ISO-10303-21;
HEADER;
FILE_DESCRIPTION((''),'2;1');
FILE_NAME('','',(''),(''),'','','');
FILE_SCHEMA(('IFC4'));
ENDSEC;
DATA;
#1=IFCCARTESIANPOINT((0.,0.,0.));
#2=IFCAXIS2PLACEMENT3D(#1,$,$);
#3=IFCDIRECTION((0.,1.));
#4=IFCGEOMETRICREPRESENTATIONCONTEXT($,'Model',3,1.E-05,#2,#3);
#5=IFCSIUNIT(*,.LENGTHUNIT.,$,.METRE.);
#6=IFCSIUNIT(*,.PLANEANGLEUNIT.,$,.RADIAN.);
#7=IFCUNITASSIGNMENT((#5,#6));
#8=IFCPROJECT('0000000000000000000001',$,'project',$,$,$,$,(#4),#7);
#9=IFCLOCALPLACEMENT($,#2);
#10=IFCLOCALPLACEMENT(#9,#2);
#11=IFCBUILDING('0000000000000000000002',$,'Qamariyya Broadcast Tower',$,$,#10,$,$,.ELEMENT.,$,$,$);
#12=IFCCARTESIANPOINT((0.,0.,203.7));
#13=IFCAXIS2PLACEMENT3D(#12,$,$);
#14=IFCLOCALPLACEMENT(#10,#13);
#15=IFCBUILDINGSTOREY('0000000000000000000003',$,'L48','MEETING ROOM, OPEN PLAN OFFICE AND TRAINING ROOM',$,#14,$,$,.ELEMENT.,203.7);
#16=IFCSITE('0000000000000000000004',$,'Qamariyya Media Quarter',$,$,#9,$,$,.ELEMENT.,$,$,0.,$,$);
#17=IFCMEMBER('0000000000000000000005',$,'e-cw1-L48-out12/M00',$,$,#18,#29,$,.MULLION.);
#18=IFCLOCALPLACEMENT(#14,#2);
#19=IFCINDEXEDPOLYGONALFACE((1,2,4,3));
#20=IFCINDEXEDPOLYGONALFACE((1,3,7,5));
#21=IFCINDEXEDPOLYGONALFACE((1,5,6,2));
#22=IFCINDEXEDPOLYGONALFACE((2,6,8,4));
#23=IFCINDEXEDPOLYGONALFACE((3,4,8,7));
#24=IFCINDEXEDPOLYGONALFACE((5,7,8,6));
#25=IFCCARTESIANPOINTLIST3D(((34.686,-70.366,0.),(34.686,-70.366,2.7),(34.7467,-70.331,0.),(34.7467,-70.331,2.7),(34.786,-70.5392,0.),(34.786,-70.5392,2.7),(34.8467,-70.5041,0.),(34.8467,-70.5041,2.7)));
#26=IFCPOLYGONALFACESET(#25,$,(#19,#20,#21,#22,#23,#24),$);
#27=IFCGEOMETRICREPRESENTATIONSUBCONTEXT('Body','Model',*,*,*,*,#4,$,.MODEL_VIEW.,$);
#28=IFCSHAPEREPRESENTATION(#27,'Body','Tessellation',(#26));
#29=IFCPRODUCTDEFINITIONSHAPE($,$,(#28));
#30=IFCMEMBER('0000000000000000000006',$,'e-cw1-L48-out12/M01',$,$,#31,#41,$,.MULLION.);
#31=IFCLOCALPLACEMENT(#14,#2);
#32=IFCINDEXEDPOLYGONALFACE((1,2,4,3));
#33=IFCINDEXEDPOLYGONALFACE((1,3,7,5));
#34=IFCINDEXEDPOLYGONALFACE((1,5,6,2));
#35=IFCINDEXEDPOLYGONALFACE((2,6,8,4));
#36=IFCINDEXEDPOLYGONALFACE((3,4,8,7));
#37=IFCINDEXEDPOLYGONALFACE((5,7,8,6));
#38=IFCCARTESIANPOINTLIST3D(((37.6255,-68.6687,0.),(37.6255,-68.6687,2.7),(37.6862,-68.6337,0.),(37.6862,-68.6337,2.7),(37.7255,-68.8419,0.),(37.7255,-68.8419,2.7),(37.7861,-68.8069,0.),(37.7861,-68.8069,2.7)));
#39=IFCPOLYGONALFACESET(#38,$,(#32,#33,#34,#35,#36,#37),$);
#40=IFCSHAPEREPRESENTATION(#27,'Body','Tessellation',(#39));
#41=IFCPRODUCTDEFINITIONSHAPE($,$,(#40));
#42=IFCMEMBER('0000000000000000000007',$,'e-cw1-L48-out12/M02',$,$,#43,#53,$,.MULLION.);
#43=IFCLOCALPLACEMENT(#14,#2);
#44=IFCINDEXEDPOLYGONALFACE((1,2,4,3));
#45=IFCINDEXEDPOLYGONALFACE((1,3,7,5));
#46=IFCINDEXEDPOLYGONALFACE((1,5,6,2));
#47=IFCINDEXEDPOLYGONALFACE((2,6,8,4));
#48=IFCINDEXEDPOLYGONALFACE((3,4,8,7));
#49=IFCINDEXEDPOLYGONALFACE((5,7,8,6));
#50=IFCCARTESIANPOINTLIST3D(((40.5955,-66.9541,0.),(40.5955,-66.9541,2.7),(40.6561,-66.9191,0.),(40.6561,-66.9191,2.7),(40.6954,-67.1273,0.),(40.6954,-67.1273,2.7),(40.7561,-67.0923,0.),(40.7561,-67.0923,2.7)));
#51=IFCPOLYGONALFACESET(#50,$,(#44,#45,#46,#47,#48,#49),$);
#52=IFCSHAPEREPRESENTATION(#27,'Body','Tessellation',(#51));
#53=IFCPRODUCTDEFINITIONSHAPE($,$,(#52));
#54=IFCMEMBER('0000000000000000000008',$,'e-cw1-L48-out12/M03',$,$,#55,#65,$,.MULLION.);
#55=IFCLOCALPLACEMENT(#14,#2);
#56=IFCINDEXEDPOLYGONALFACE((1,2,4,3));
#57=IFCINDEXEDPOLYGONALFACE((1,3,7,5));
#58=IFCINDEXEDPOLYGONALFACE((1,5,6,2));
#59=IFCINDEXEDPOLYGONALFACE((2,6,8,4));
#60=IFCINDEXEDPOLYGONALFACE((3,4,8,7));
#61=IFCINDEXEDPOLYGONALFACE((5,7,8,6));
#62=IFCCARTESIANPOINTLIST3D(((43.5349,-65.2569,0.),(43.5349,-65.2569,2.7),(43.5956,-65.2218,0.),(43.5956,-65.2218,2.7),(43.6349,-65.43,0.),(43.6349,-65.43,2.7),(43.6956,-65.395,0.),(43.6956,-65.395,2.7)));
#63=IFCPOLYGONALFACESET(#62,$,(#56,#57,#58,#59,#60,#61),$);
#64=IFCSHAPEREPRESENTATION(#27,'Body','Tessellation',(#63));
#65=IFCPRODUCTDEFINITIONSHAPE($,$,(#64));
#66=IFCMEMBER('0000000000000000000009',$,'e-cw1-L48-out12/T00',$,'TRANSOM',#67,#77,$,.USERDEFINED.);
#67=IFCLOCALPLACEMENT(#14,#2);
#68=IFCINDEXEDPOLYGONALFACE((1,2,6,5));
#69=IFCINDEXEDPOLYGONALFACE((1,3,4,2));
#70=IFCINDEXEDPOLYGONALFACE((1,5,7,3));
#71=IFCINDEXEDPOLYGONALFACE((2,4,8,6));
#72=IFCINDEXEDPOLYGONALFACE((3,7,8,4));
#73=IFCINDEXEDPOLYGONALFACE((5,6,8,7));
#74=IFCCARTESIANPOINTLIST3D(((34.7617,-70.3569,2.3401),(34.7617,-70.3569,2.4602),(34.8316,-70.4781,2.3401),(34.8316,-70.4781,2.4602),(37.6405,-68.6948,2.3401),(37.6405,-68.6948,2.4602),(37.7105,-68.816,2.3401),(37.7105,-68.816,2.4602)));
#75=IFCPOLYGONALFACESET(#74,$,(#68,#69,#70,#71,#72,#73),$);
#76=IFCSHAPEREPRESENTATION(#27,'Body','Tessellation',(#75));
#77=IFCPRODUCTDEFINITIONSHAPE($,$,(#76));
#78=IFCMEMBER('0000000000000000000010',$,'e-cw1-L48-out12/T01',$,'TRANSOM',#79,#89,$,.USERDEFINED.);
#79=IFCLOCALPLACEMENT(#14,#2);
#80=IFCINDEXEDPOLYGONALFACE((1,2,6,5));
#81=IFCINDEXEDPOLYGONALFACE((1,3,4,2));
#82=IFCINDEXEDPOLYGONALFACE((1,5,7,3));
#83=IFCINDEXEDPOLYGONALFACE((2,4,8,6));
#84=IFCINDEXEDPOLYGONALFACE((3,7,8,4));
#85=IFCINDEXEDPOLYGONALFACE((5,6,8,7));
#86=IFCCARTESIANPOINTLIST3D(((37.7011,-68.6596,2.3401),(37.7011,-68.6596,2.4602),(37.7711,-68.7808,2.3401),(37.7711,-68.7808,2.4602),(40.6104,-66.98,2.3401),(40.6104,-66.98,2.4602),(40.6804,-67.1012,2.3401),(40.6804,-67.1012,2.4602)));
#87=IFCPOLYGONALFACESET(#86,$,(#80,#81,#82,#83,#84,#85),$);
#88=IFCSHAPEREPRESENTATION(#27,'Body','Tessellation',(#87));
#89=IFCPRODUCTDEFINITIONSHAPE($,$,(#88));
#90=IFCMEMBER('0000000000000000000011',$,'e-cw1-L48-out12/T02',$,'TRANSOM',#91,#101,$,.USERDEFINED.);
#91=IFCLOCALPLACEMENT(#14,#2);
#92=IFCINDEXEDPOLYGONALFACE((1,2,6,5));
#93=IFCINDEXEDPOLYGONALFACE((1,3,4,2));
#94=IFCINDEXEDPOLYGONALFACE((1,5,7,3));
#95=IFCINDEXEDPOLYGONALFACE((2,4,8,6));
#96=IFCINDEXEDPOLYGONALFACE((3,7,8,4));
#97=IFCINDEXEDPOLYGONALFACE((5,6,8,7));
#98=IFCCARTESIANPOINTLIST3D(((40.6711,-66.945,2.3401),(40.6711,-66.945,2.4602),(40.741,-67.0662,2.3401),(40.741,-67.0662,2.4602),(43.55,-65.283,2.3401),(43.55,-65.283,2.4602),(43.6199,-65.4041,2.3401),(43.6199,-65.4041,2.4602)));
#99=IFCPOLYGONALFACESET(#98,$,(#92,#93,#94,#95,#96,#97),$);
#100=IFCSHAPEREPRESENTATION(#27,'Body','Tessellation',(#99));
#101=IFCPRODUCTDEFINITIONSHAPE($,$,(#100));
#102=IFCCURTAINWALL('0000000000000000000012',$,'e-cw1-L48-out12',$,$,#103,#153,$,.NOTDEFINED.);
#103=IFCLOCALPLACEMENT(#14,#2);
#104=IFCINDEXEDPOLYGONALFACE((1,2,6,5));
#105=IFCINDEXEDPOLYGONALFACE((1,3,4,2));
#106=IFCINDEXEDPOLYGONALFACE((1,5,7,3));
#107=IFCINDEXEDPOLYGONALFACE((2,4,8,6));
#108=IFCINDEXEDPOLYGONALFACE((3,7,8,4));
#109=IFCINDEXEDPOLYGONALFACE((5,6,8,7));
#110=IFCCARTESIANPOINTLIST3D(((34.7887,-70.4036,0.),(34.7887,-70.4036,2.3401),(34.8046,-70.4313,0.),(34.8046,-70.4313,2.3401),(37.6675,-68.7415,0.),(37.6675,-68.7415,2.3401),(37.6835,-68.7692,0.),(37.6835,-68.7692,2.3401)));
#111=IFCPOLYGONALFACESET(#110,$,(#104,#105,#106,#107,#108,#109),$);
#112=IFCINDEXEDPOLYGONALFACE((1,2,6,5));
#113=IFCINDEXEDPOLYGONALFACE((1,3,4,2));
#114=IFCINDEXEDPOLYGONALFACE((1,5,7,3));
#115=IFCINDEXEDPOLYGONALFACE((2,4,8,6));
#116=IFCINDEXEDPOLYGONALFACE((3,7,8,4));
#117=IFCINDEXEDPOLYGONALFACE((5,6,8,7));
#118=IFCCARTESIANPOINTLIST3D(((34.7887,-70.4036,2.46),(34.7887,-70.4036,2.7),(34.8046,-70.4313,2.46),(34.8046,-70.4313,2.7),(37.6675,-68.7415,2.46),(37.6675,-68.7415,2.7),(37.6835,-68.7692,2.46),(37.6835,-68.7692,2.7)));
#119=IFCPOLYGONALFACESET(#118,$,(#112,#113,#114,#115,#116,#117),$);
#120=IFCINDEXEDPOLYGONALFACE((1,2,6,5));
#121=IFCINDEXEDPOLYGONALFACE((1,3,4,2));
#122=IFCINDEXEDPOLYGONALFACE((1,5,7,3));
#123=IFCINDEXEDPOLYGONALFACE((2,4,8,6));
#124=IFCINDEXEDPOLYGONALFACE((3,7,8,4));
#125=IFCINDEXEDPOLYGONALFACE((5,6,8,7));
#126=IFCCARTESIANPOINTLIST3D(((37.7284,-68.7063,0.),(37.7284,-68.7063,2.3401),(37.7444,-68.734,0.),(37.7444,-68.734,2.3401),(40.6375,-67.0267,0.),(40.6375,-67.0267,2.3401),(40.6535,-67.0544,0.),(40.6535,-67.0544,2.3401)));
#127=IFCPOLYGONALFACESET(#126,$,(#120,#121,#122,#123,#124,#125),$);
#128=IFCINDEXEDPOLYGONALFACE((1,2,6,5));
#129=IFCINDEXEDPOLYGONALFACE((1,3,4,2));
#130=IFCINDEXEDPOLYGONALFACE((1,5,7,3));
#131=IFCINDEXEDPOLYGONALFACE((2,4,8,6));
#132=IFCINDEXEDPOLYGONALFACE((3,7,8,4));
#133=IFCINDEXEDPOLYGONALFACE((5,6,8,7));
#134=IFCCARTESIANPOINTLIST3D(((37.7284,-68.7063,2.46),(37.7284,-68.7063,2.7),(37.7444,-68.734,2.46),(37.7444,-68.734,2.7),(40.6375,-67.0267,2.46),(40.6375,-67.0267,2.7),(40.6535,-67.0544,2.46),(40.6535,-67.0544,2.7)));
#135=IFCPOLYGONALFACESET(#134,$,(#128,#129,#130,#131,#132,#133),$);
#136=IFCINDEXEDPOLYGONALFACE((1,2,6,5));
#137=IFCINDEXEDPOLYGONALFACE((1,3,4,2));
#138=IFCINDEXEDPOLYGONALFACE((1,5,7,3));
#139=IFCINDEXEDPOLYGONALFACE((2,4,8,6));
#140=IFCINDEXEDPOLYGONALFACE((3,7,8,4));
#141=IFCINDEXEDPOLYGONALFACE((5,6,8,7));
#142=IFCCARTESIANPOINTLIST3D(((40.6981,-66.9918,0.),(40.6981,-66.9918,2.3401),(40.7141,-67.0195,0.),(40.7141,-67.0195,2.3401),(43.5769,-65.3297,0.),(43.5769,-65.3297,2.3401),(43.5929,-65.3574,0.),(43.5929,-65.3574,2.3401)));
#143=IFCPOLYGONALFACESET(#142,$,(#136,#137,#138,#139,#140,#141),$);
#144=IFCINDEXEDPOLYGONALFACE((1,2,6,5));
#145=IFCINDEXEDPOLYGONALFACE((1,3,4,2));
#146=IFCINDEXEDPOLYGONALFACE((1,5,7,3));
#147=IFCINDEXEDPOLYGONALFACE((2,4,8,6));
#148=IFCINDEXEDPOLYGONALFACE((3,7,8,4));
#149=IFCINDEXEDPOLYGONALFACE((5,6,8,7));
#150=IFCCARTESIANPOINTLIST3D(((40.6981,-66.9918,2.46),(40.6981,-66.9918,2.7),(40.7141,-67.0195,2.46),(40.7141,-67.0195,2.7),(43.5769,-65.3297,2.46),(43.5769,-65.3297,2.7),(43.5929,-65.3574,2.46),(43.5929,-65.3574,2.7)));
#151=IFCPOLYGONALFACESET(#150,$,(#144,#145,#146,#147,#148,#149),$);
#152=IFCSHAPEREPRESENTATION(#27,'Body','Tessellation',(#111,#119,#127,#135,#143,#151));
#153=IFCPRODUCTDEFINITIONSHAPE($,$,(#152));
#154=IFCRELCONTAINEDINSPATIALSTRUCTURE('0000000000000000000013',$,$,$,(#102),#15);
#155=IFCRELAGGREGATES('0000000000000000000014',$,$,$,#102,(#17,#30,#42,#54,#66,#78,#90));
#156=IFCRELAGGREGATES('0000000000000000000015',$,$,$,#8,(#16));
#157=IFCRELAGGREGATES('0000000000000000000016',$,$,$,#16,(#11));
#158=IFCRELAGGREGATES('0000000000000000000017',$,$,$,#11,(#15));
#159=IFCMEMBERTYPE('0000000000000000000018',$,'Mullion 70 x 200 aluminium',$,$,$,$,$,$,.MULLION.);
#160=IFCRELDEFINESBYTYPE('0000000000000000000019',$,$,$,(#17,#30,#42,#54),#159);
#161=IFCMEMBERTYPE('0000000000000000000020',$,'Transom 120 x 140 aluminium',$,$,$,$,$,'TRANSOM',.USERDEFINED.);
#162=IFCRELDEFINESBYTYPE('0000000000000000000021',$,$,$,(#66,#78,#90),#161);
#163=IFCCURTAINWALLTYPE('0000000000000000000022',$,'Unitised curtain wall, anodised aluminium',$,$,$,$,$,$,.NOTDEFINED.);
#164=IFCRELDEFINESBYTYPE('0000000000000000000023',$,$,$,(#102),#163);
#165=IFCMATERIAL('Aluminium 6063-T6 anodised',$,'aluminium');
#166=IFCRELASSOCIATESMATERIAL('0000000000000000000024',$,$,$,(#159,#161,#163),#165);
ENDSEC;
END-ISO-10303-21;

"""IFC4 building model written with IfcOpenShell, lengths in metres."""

from ifc_helpers import new_model, si_unit, direction, frame, origin, origin_2d, place, context, subcontext, project, spatial, rectangle, extrude, material, material_profile, profile_set, type_object, element, aggregate, save


model = new_model("IFC4")

# Units and contexts
model_context = context("Model", 3, precision=1e-05, world=origin(), true_north=direction((0.0, 1.0)))
body_context = subcontext(model_context, "Body", "Model", "MODEL_VIEW")
ifc_project = project(units=[si_unit("LENGTHUNIT", "METRE"), si_unit("PLANEANGLEUNIT", "RADIAN")], contexts=[model_context])

# Members
ifc_material = material(Name="Aluminium 6063-T6 anodised", Category="aluminium")
ifc_material_profile_1 = material_profile(ifc_material, rectangle(XDim=0.2, YDim=0.0701, at=origin_2d()))
ifc_profile_set_1 = profile_set([ifc_material_profile_1], Name="Aluminium 6063-T6 anodised")
member_type_1 = type_object("IfcMemberType", Name="Mullion 70 x 200 aluminium", PredefinedType="MULLION", material=ifc_profile_set_1)
site_placement = place(None, origin())
building_placement = place(site_placement, origin())
storey_placement = place(building_placement, frame((0.0, 0.0, 203.7)))
member_1_placement = place(storey_placement, frame((34.7664, -70.4351, 0.0), z_axis=(0.0, 0.0, 1.0), x_axis=(-0.5, 0.866025, 0.0)))
member_1 = element("IfcMember", 1, at=member_1_placement, type_object=member_type_1, Name="e-cw1-L48-out12/M00", PredefinedType="MULLION", context=body_context, shape_type="SweptSolid", body=[
    extrude(rectangle(XDim=0.2, YDim=0.0701, at=origin_2d()), origin(), (0.0, 0.0, 1.0), 2.7),
])
member_2_placement = place(storey_placement, frame((37.7058, -68.7378, 0.0), z_axis=(0.0, 0.0, 1.0), x_axis=(-0.5, 0.866025, 0.0)))
member_2 = element("IfcMember", 2, at=member_2_placement, type_object=member_type_1, Name="e-cw1-L48-out12/M01", PredefinedType="MULLION", context=body_context, shape_type="SweptSolid", body=[
    extrude(rectangle(XDim=0.2, YDim=0.0701, at=origin_2d()), origin(), (0.0, 0.0, 1.0), 2.7),
])
member_3_placement = place(storey_placement, frame((40.6758, -67.0232, 0.0), z_axis=(0.0, 0.0, 1.0), x_axis=(-0.5, 0.866025, 0.0)))
member_3 = element("IfcMember", 3, at=member_3_placement, type_object=member_type_1, Name="e-cw1-L48-out12/M02", PredefinedType="MULLION", context=body_context, shape_type="SweptSolid", body=[
    extrude(rectangle(XDim=0.2, YDim=0.0701, at=origin_2d()), origin(), (0.0, 0.0, 1.0), 2.7),
])
member_4_placement = place(storey_placement, frame((43.6152, -65.3259, 0.0), z_axis=(0.0, 0.0, 1.0), x_axis=(-0.5, 0.866025, 0.0)))
member_4 = element("IfcMember", 4, at=member_4_placement, type_object=member_type_1, Name="e-cw1-L48-out12/M03", PredefinedType="MULLION", context=body_context, shape_type="SweptSolid", body=[
    extrude(rectangle(XDim=0.2, YDim=0.0701, at=origin_2d()), origin(), (0.0, 0.0, 1.0), 2.7),
])
ifc_material_profile_2 = material_profile(ifc_material, rectangle(XDim=0.1399, YDim=0.1201, at=origin_2d()))
ifc_profile_set_2 = profile_set([ifc_material_profile_2], Name="Aluminium 6063-T6 anodised")
member_type_2 = type_object("IfcMemberType", Name="Transom 120 x 140 aluminium", ElementType="TRANSOM", PredefinedType="USERDEFINED", material=ifc_profile_set_2)
member_5_placement = place(storey_placement, frame((34.7966, -70.4175, 2.4001), z_axis=(0.866029, 0.499994, 0.0), x_axis=(-0.499994, 0.866029, 0.0)))
member_5 = element("IfcMember", 5, at=member_5_placement, type_object=member_type_2, Name="e-cw1-L48-out12/T00", ObjectType="TRANSOM", PredefinedType="USERDEFINED", context=body_context, shape_type="SweptSolid", body=[
    extrude(rectangle(XDim=0.1399, YDim=0.1201, at=origin_2d()), origin(), (0.0, 0.0, 1.0), 3.3242),
])
member_6_placement = place(storey_placement, frame((37.7361, -68.7202, 2.4001), z_axis=(0.866034, 0.499985, 0.0), x_axis=(-0.499985, 0.866034, 0.0)))
member_6 = element("IfcMember", 6, at=member_6_placement, type_object=member_type_2, Name="e-cw1-L48-out12/T01", ObjectType="TRANSOM", PredefinedType="USERDEFINED", context=body_context, shape_type="SweptSolid", body=[
    extrude(rectangle(XDim=0.1399, YDim=0.1201, at=origin_2d()), origin(), (0.0, 0.0, 1.0), 3.3594),
])
member_7_placement = place(storey_placement, frame((40.7061, -67.0056, 2.4001), z_axis=(0.866029, 0.499994, 0.0), x_axis=(-0.499994, 0.866029, 0.0)))
member_7 = element("IfcMember", 7, at=member_7_placement, type_object=member_type_2, Name="e-cw1-L48-out12/T02", ObjectType="TRANSOM", PredefinedType="USERDEFINED", context=body_context, shape_type="SweptSolid", body=[
    extrude(rectangle(XDim=0.1399, YDim=0.1201, at=origin_2d()), origin(), (0.0, 0.0, 1.0), 3.3242),
])

# Site, building, storey
site = spatial("IfcSite", under=ifc_project, at=site_placement, Name="Qamariyya Media Quarter", CompositionType="ELEMENT", RefElevation=0.0)
building = spatial("IfcBuilding", under=site, at=building_placement, Name="Qamariyya Broadcast Tower", CompositionType="ELEMENT")
storey = spatial("IfcBuildingStorey", under=building, at=storey_placement, Name="L48", Description="MEETING ROOM, OPEN PLAN OFFICE AND TRAINING ROOM", CompositionType="ELEMENT", Elevation=203.7)

# Curtain wall
curtain_wall_type = type_object("IfcCurtainWallType", Name="Unitised curtain wall, anodised aluminium", PredefinedType="NOTDEFINED", material=ifc_material)
curtain_wall_1_placement = place(storey_placement, origin())
curtain_wall_1 = element("IfcCurtainWall", 8, at=curtain_wall_1_placement, inside=storey, type_object=curtain_wall_type, Name="e-cw1-L48-out12", PredefinedType="NOTDEFINED", context=body_context, shape_type="SweptSolid", body=[
    extrude(rectangle(XDim=3.3242, YDim=0.032, at=origin_2d()), frame((36.2361, -69.5864, 0.0), x_axis=(0.866028, 0.499996, 0.0)), (0.0, 0.0, 1.0), 2.3401),
    extrude(rectangle(XDim=3.3242, YDim=0.032, at=origin_2d()), frame((36.2361, -69.5864, 2.46), x_axis=(0.866028, 0.499996, 0.0)), (0.0, 0.0, 1.0), 0.24),
    extrude(rectangle(XDim=3.3591, YDim=0.032, at=origin_2d()), frame((39.1909, -67.8804, 0.0), x_axis=(0.866028, 0.499996, 0.0)), (0.0, 0.0, 1.0), 2.3401),
    extrude(rectangle(XDim=3.3591, YDim=0.032, at=origin_2d()), frame((39.1909, -67.8804, 2.46), x_axis=(0.866028, 0.499996, 0.0)), (0.0, 0.0, 1.0), 0.24),
    extrude(rectangle(XDim=3.3242, YDim=0.032, at=origin_2d()), frame((42.1455, -66.1746, 0.0), x_axis=(0.866028, 0.499996, 0.0)), (0.0, 0.0, 1.0), 2.3401),
    extrude(rectangle(XDim=3.3242, YDim=0.032, at=origin_2d()), frame((42.1455, -66.1746, 2.46), x_axis=(0.866028, 0.499996, 0.0)), (0.0, 0.0, 1.0), 0.24),
])
aggregate(curtain_wall_1, [member_1, member_2, member_3, member_4, member_5, member_6, member_7])

save(model, "model.ifc")
